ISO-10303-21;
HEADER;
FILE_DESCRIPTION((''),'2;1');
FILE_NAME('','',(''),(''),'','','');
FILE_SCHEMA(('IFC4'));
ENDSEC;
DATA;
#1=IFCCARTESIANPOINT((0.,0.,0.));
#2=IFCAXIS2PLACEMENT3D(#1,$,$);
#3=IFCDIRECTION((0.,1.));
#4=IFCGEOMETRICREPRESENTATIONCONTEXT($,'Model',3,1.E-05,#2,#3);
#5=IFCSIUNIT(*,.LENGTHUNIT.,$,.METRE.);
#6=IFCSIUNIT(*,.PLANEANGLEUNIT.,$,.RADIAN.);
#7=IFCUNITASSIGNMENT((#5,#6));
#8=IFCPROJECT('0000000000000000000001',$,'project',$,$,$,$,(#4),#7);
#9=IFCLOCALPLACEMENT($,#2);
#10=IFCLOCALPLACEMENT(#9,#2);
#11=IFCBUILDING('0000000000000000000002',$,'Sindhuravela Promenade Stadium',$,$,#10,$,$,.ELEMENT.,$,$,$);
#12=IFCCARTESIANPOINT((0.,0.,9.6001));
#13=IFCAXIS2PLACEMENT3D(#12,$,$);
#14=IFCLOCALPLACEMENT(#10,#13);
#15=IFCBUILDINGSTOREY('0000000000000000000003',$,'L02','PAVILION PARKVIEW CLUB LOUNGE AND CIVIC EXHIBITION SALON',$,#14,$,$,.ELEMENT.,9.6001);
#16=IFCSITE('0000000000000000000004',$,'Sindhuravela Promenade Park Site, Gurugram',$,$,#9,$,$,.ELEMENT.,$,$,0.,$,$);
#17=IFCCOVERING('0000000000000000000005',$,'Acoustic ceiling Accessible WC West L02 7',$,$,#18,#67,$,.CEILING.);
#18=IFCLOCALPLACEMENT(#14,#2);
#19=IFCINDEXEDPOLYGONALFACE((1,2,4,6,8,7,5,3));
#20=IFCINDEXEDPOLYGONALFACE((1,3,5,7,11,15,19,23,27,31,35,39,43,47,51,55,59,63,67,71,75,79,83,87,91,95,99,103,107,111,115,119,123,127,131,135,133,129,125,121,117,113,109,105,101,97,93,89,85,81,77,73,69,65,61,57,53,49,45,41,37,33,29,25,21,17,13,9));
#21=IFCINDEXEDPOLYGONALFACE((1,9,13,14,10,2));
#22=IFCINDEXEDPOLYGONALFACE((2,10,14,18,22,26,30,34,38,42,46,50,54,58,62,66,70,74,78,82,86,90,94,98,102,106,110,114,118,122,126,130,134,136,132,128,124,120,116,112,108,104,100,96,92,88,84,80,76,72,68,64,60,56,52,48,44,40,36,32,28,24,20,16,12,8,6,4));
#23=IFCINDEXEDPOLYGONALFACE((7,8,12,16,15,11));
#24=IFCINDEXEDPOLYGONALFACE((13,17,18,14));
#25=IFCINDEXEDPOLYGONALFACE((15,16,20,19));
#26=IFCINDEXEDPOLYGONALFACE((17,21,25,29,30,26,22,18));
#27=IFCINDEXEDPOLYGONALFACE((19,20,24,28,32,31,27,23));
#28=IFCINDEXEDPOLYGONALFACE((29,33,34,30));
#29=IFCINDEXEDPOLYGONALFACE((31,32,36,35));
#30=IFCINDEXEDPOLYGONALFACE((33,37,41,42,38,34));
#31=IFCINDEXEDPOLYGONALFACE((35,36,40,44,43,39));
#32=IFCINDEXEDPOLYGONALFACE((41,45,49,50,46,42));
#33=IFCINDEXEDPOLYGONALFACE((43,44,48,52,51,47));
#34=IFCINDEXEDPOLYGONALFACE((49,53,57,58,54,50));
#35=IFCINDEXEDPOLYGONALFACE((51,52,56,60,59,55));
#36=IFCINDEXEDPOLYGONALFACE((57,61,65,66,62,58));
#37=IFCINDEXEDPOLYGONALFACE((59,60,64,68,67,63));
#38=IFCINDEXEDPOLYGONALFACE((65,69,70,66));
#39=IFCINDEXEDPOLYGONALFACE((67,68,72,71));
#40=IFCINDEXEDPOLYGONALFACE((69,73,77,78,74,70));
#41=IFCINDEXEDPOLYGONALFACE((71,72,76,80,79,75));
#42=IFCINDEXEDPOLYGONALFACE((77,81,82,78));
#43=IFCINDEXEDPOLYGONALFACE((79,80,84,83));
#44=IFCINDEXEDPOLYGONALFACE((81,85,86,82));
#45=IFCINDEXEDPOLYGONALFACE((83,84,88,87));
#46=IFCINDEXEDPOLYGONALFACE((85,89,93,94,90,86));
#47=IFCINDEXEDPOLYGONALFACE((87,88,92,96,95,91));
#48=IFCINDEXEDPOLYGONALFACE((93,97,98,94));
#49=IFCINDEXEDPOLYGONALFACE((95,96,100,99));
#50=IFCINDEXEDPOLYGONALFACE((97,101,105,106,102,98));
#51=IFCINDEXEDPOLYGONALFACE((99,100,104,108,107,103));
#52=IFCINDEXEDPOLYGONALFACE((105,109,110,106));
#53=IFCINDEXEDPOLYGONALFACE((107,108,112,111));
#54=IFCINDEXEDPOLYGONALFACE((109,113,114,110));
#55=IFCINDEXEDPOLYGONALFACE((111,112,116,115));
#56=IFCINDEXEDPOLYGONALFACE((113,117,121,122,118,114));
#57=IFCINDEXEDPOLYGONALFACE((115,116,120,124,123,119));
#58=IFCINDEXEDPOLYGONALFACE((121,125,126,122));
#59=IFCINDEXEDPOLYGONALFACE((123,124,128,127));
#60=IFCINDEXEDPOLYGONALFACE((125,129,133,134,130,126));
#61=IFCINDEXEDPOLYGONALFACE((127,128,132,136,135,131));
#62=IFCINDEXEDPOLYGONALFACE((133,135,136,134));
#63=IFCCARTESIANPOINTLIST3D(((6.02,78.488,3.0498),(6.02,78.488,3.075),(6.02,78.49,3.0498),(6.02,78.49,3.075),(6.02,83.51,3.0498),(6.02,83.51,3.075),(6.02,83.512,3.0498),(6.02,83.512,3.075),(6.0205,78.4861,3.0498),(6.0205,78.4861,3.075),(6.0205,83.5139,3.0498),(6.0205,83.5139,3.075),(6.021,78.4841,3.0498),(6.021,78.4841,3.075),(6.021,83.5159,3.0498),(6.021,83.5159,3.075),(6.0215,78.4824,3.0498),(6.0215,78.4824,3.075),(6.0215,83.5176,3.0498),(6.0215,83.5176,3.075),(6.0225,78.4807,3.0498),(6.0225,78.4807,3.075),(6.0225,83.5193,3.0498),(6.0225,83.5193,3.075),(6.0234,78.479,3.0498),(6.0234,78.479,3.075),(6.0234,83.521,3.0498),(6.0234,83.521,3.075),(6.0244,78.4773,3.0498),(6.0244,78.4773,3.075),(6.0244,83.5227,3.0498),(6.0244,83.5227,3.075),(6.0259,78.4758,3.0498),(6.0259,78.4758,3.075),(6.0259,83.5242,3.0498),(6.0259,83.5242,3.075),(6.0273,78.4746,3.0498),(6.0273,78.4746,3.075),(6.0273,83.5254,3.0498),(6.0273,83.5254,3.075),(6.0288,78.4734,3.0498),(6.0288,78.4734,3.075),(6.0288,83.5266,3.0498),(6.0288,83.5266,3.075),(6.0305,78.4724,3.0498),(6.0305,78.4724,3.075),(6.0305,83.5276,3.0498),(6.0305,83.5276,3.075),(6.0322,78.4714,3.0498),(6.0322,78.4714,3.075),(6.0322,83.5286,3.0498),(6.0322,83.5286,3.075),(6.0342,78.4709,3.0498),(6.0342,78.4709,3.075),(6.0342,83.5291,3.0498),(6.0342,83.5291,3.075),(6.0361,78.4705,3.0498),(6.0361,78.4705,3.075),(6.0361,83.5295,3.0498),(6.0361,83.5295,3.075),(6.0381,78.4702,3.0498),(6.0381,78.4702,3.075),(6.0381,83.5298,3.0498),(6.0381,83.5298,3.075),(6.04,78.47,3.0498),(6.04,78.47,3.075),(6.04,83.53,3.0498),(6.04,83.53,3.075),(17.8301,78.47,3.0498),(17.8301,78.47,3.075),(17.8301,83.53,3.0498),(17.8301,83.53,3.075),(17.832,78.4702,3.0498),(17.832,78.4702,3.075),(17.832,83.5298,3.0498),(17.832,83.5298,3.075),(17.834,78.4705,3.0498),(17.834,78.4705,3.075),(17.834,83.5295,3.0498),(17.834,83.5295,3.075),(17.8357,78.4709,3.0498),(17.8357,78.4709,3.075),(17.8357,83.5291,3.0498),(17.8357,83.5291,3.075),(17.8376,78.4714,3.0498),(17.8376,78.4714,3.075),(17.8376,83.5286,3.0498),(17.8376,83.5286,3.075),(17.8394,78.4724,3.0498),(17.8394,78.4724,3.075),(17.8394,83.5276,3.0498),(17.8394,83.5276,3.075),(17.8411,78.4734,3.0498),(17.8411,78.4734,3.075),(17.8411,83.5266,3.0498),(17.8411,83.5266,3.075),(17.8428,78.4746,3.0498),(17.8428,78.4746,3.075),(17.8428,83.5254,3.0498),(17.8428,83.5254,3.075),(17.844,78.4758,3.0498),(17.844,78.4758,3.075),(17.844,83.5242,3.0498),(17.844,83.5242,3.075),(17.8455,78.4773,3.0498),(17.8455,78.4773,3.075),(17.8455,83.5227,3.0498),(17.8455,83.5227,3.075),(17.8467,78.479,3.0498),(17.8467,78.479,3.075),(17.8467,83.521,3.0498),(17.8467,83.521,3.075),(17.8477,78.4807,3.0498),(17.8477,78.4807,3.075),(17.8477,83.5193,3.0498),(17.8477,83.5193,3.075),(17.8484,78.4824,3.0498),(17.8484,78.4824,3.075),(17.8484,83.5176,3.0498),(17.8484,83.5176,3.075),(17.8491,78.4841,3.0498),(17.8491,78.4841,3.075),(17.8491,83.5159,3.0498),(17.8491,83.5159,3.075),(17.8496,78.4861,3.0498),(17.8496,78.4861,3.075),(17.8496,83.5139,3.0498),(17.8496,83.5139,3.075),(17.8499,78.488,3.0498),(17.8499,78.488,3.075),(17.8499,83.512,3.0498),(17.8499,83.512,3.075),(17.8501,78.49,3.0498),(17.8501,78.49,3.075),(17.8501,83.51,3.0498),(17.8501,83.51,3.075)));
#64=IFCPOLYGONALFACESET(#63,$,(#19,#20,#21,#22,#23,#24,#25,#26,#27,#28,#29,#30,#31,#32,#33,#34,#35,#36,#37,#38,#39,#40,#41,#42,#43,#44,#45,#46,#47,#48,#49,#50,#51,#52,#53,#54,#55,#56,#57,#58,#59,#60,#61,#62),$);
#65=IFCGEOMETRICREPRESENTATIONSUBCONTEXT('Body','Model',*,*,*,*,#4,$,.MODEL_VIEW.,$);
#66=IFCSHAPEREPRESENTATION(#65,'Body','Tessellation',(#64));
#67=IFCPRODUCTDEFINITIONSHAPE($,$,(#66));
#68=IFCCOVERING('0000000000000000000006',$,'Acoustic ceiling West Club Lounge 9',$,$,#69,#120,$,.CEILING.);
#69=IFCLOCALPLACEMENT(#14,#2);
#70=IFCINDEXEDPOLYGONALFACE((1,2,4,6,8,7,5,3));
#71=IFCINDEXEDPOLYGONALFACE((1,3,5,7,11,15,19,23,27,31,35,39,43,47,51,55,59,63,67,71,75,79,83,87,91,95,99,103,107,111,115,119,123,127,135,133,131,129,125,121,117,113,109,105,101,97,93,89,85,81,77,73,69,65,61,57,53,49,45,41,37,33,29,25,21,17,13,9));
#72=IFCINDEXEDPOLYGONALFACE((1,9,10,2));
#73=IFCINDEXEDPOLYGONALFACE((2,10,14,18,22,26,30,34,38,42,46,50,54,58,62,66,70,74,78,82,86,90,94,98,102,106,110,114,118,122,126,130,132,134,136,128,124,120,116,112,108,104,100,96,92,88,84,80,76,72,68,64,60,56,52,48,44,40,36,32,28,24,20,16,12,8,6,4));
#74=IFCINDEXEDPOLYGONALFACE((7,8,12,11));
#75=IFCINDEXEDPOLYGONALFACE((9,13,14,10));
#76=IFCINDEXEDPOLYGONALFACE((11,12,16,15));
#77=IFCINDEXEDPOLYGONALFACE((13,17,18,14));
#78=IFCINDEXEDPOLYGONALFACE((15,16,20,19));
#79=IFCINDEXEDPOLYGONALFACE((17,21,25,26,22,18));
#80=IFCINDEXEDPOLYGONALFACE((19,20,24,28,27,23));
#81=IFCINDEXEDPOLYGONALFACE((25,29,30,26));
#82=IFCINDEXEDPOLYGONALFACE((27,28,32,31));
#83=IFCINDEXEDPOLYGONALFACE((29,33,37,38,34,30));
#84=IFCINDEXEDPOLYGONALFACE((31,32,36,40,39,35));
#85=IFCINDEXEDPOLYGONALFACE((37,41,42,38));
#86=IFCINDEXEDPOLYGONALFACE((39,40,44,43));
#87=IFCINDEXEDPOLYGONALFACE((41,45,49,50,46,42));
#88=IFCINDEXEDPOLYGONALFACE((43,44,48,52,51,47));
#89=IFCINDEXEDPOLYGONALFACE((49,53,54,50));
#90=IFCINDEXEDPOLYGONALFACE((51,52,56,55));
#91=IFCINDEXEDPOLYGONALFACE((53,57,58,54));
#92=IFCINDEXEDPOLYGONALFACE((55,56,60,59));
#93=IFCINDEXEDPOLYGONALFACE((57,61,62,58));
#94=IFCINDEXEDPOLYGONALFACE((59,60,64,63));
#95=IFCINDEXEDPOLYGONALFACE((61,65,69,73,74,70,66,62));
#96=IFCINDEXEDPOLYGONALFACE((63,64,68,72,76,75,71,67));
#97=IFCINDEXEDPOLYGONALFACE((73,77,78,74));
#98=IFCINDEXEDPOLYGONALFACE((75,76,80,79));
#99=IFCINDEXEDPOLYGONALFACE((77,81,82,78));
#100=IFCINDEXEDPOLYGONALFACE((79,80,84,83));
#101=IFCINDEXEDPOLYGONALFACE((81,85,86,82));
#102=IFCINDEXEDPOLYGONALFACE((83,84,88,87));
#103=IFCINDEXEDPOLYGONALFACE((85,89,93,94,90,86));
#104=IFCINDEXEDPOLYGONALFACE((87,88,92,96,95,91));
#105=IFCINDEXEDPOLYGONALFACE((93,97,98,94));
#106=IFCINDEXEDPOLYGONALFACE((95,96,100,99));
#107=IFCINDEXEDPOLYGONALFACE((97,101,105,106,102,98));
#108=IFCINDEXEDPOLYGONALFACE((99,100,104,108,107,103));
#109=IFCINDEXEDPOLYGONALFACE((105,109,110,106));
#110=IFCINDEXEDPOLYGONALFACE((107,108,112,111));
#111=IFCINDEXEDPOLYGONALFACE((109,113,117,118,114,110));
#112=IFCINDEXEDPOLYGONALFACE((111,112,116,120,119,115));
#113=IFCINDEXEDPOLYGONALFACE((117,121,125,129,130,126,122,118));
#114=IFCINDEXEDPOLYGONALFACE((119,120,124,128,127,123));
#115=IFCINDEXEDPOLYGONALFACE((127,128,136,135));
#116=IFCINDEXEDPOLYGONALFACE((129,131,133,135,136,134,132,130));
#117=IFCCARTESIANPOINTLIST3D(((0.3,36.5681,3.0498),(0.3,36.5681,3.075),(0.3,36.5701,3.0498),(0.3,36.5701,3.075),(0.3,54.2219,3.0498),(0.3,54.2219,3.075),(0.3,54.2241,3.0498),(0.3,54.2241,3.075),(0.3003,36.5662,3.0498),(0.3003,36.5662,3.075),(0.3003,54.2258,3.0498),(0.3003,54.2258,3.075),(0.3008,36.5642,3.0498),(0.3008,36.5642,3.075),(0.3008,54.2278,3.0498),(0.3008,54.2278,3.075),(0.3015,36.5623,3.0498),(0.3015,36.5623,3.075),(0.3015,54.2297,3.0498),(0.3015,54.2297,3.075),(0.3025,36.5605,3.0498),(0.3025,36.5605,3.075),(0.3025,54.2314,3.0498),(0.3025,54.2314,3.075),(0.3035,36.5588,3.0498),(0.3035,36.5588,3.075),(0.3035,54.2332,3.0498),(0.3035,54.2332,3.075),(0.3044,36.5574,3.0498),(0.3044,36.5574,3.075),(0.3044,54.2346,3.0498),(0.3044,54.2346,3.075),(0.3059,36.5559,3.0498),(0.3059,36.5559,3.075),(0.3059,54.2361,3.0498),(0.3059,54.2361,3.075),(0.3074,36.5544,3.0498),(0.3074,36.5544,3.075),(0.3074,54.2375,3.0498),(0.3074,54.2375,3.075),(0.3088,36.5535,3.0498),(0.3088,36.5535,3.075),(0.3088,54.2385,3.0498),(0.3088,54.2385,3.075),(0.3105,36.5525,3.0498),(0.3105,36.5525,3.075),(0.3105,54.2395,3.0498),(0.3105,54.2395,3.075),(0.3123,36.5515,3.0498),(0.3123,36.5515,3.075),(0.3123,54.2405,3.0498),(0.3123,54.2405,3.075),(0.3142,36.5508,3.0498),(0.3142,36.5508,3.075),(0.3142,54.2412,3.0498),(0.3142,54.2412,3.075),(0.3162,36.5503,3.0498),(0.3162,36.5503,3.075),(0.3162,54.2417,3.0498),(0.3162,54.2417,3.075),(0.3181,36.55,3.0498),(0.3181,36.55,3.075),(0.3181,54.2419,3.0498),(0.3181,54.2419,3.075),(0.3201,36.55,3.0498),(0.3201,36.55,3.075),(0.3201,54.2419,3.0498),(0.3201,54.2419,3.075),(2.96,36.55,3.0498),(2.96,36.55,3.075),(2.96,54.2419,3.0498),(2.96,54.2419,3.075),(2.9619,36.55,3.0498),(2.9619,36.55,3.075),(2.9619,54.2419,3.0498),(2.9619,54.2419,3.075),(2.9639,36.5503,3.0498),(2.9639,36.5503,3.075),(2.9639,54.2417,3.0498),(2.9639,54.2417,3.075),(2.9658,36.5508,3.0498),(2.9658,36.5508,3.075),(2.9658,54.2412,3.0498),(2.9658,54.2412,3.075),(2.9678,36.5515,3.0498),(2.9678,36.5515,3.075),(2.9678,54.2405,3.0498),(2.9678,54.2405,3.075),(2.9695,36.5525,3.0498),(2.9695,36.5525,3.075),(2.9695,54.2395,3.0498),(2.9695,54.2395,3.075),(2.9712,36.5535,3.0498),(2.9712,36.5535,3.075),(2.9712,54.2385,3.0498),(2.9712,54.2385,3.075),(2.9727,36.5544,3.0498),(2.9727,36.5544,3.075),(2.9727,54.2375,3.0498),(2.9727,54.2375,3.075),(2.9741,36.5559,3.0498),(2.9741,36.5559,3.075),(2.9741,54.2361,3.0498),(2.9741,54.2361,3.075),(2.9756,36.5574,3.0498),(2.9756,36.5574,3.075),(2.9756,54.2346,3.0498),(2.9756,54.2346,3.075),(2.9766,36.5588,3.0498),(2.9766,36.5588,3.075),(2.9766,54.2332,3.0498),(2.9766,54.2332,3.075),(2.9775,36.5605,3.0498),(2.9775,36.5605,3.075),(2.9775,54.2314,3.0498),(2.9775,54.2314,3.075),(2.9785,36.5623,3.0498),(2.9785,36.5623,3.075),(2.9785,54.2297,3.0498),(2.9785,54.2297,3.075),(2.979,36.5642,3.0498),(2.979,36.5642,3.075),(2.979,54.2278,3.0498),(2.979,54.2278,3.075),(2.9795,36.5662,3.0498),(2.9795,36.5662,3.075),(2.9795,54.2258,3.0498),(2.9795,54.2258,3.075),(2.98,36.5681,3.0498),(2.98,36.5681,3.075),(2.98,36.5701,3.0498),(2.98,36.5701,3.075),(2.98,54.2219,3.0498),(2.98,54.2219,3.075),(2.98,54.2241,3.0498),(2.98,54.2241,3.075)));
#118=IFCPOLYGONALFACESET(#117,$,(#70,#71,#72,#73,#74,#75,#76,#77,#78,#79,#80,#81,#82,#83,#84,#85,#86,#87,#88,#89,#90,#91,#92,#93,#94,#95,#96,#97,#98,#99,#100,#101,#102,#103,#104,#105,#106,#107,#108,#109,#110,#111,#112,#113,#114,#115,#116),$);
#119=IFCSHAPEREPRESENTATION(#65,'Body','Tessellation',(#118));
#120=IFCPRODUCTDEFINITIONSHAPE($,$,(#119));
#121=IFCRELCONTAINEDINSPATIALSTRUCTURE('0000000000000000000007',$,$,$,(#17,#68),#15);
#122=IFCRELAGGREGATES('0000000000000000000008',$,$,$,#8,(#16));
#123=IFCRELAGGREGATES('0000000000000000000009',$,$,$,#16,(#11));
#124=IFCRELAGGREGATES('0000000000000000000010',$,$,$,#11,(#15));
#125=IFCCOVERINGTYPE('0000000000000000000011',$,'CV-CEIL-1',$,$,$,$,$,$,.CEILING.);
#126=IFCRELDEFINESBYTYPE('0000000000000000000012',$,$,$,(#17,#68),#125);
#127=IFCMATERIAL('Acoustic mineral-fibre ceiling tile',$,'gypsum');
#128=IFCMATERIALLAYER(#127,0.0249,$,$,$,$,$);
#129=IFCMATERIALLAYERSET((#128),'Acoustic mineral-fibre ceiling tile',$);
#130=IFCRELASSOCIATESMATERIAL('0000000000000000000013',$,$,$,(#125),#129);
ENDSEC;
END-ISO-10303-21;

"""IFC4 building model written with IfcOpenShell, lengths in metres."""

from ifc_helpers import new_model, si_unit, direction, frame, origin, place, context, subcontext, project, spatial, polyline, outline, extrude, material, layer, layer_set, type_object, element, save


model = new_model("IFC4")

# Units and contexts
model_context = context("Model", 3, precision=1e-05, world=origin(), true_north=direction((0.0, 1.0)))
body_context = subcontext(model_context, "Body", "Model", "MODEL_VIEW")
ifc_project = project(units=[si_unit("LENGTHUNIT", "METRE"), si_unit("PLANEANGLEUNIT", "RADIAN")], contexts=[model_context])

# Site, building, storey
site_placement = place(None, origin())
site = spatial("IfcSite", under=ifc_project, at=site_placement, Name="Sindhuravela Promenade Park Site, Gurugram", CompositionType="ELEMENT", RefElevation=0.0)
building_placement = place(site_placement, origin())
building = spatial("IfcBuilding", under=site, at=building_placement, Name="Sindhuravela Promenade Stadium", CompositionType="ELEMENT")
storey_placement = place(building_placement, frame((0.0, 0.0, 9.6001)))
storey = spatial("IfcBuildingStorey", under=building, at=storey_placement, Name="L02", Description="PAVILION PARKVIEW CLUB LOUNGE AND CIVIC EXHIBITION SALON", CompositionType="ELEMENT", Elevation=9.6001)

# Coverings
ifc_material_1 = material(Name="Acoustic mineral-fibre ceiling tile", Category="gypsum")
ifc_layer_1 = layer(ifc_material_1, 0.0249)
ifc_layer_set_1 = layer_set([ifc_layer_1], Name="Acoustic mineral-fibre ceiling tile")
covering_type_1 = type_object("IfcCoveringType", Name="CV-CEIL-1", PredefinedType="CEILING", material=ifc_layer_set_1)
covering_1_placement = place(storey_placement, frame((0.0, 0.0, 3.0498)))
element("IfcCovering", 1, at=covering_1_placement, inside=storey, type_object=covering_type_1, Name="Acoustic ceiling Accessible WC West L02 7", PredefinedType="CEILING", context=body_context, shape_type="SweptSolid", body=[
    extrude(outline(polyline([(6.02, 83.51), (6.02, 83.512), (6.0205, 83.5139), (6.021, 83.5159), (6.0215, 83.5176), (6.0225, 83.5193), (6.0234, 83.521), (6.0244, 83.5227), (6.0259, 83.5242), (6.0273, 83.5254), (6.0288, 83.5266), (6.0305, 83.5276), (6.0322, 83.5286), (6.0342, 83.5291), (6.0361, 83.5295), (6.0381, 83.5298), (6.04, 83.53), (17.8301, 83.53), (17.832, 83.5298), (17.834, 83.5295), (17.8357, 83.5291), (17.8376, 83.5286), (17.8394, 83.5276), (17.8411, 83.5266), (17.8428, 83.5254), (17.844, 83.5242), (17.8455, 83.5227), (17.8467, 83.521), (17.8477, 83.5193), (17.8484, 83.5176), (17.8491, 83.5159), (17.8496, 83.5139), (17.8499, 83.512), (17.8501, 83.51), (17.8501, 78.49), (17.8499, 78.488), (17.8496, 78.4861), (17.8491, 78.4841), (17.8484, 78.4824), (17.8477, 78.4807), (17.8467, 78.479), (17.8455, 78.4773), (17.844, 78.4758), (17.8428, 78.4746), (17.8411, 78.4734), (17.8394, 78.4724), (17.8376, 78.4714), (17.8357, 78.4709), (17.834, 78.4705), (17.832, 78.4702), (17.8301, 78.47), (6.04, 78.47), (6.0381, 78.4702), (6.0361, 78.4705), (6.0342, 78.4709), (6.0322, 78.4714), (6.0305, 78.4724), (6.0288, 78.4734), (6.0273, 78.4746), (6.0259, 78.4758), (6.0244, 78.4773), (6.0234, 78.479), (6.0225, 78.4807), (6.0215, 78.4824), (6.021, 78.4841), (6.0205, 78.4861), (6.02, 78.488), (6.02, 78.49), (6.02, 83.51)])), origin(), (0.0, 0.0, 1.0), 0.0251),
])
covering_2_placement = place(storey_placement, frame((0.0, 0.0, 3.0498)))
element("IfcCovering", 2, at=covering_2_placement, inside=storey, type_object=covering_type_1, Name="Acoustic ceiling West Club Lounge 9", PredefinedType="CEILING", context=body_context, shape_type="SweptSolid", body=[
    extrude(outline(polyline([(0.3, 54.2219), (0.3, 54.2241), (0.3003, 54.2258), (0.3008, 54.2278), (0.3015, 54.2297), (0.3025, 54.2314), (0.3035, 54.2332), (0.3044, 54.2346), (0.3059, 54.2361), (0.3074, 54.2375), (0.3088, 54.2385), (0.3105, 54.2395), (0.3123, 54.2405), (0.3142, 54.2412), (0.3162, 54.2417), (0.3181, 54.2419), (0.3201, 54.2419), (2.96, 54.2419), (2.9619, 54.2419), (2.9639, 54.2417), (2.9658, 54.2412), (2.9678, 54.2405), (2.9695, 54.2395), (2.9712, 54.2385), (2.9727, 54.2375), (2.9741, 54.2361), (2.9756, 54.2346), (2.9766, 54.2332), (2.9775, 54.2314), (2.9785, 54.2297), (2.979, 54.2278), (2.9795, 54.2258), (2.98, 54.2241), (2.98, 54.2219), (2.98, 36.5701), (2.98, 36.5681), (2.9795, 36.5662), (2.979, 36.5642), (2.9785, 36.5623), (2.9775, 36.5605), (2.9766, 36.5588), (2.9756, 36.5574), (2.9741, 36.5559), (2.9727, 36.5544), (2.9712, 36.5535), (2.9695, 36.5525), (2.9678, 36.5515), (2.9658, 36.5508), (2.9639, 36.5503), (2.9619, 36.55), (2.96, 36.55), (0.3201, 36.55), (0.3181, 36.55), (0.3162, 36.5503), (0.3142, 36.5508), (0.3123, 36.5515), (0.3105, 36.5525), (0.3088, 36.5535), (0.3074, 36.5544), (0.3059, 36.5559), (0.3044, 36.5574), (0.3035, 36.5588), (0.3025, 36.5605), (0.3015, 36.5623), (0.3008, 36.5642), (0.3003, 36.5662), (0.3, 36.5681), (0.3, 36.5701), (0.3, 54.2219)])), origin(), (0.0, 0.0, 1.0), 0.0251),
])

save(model, "model.ifc")
